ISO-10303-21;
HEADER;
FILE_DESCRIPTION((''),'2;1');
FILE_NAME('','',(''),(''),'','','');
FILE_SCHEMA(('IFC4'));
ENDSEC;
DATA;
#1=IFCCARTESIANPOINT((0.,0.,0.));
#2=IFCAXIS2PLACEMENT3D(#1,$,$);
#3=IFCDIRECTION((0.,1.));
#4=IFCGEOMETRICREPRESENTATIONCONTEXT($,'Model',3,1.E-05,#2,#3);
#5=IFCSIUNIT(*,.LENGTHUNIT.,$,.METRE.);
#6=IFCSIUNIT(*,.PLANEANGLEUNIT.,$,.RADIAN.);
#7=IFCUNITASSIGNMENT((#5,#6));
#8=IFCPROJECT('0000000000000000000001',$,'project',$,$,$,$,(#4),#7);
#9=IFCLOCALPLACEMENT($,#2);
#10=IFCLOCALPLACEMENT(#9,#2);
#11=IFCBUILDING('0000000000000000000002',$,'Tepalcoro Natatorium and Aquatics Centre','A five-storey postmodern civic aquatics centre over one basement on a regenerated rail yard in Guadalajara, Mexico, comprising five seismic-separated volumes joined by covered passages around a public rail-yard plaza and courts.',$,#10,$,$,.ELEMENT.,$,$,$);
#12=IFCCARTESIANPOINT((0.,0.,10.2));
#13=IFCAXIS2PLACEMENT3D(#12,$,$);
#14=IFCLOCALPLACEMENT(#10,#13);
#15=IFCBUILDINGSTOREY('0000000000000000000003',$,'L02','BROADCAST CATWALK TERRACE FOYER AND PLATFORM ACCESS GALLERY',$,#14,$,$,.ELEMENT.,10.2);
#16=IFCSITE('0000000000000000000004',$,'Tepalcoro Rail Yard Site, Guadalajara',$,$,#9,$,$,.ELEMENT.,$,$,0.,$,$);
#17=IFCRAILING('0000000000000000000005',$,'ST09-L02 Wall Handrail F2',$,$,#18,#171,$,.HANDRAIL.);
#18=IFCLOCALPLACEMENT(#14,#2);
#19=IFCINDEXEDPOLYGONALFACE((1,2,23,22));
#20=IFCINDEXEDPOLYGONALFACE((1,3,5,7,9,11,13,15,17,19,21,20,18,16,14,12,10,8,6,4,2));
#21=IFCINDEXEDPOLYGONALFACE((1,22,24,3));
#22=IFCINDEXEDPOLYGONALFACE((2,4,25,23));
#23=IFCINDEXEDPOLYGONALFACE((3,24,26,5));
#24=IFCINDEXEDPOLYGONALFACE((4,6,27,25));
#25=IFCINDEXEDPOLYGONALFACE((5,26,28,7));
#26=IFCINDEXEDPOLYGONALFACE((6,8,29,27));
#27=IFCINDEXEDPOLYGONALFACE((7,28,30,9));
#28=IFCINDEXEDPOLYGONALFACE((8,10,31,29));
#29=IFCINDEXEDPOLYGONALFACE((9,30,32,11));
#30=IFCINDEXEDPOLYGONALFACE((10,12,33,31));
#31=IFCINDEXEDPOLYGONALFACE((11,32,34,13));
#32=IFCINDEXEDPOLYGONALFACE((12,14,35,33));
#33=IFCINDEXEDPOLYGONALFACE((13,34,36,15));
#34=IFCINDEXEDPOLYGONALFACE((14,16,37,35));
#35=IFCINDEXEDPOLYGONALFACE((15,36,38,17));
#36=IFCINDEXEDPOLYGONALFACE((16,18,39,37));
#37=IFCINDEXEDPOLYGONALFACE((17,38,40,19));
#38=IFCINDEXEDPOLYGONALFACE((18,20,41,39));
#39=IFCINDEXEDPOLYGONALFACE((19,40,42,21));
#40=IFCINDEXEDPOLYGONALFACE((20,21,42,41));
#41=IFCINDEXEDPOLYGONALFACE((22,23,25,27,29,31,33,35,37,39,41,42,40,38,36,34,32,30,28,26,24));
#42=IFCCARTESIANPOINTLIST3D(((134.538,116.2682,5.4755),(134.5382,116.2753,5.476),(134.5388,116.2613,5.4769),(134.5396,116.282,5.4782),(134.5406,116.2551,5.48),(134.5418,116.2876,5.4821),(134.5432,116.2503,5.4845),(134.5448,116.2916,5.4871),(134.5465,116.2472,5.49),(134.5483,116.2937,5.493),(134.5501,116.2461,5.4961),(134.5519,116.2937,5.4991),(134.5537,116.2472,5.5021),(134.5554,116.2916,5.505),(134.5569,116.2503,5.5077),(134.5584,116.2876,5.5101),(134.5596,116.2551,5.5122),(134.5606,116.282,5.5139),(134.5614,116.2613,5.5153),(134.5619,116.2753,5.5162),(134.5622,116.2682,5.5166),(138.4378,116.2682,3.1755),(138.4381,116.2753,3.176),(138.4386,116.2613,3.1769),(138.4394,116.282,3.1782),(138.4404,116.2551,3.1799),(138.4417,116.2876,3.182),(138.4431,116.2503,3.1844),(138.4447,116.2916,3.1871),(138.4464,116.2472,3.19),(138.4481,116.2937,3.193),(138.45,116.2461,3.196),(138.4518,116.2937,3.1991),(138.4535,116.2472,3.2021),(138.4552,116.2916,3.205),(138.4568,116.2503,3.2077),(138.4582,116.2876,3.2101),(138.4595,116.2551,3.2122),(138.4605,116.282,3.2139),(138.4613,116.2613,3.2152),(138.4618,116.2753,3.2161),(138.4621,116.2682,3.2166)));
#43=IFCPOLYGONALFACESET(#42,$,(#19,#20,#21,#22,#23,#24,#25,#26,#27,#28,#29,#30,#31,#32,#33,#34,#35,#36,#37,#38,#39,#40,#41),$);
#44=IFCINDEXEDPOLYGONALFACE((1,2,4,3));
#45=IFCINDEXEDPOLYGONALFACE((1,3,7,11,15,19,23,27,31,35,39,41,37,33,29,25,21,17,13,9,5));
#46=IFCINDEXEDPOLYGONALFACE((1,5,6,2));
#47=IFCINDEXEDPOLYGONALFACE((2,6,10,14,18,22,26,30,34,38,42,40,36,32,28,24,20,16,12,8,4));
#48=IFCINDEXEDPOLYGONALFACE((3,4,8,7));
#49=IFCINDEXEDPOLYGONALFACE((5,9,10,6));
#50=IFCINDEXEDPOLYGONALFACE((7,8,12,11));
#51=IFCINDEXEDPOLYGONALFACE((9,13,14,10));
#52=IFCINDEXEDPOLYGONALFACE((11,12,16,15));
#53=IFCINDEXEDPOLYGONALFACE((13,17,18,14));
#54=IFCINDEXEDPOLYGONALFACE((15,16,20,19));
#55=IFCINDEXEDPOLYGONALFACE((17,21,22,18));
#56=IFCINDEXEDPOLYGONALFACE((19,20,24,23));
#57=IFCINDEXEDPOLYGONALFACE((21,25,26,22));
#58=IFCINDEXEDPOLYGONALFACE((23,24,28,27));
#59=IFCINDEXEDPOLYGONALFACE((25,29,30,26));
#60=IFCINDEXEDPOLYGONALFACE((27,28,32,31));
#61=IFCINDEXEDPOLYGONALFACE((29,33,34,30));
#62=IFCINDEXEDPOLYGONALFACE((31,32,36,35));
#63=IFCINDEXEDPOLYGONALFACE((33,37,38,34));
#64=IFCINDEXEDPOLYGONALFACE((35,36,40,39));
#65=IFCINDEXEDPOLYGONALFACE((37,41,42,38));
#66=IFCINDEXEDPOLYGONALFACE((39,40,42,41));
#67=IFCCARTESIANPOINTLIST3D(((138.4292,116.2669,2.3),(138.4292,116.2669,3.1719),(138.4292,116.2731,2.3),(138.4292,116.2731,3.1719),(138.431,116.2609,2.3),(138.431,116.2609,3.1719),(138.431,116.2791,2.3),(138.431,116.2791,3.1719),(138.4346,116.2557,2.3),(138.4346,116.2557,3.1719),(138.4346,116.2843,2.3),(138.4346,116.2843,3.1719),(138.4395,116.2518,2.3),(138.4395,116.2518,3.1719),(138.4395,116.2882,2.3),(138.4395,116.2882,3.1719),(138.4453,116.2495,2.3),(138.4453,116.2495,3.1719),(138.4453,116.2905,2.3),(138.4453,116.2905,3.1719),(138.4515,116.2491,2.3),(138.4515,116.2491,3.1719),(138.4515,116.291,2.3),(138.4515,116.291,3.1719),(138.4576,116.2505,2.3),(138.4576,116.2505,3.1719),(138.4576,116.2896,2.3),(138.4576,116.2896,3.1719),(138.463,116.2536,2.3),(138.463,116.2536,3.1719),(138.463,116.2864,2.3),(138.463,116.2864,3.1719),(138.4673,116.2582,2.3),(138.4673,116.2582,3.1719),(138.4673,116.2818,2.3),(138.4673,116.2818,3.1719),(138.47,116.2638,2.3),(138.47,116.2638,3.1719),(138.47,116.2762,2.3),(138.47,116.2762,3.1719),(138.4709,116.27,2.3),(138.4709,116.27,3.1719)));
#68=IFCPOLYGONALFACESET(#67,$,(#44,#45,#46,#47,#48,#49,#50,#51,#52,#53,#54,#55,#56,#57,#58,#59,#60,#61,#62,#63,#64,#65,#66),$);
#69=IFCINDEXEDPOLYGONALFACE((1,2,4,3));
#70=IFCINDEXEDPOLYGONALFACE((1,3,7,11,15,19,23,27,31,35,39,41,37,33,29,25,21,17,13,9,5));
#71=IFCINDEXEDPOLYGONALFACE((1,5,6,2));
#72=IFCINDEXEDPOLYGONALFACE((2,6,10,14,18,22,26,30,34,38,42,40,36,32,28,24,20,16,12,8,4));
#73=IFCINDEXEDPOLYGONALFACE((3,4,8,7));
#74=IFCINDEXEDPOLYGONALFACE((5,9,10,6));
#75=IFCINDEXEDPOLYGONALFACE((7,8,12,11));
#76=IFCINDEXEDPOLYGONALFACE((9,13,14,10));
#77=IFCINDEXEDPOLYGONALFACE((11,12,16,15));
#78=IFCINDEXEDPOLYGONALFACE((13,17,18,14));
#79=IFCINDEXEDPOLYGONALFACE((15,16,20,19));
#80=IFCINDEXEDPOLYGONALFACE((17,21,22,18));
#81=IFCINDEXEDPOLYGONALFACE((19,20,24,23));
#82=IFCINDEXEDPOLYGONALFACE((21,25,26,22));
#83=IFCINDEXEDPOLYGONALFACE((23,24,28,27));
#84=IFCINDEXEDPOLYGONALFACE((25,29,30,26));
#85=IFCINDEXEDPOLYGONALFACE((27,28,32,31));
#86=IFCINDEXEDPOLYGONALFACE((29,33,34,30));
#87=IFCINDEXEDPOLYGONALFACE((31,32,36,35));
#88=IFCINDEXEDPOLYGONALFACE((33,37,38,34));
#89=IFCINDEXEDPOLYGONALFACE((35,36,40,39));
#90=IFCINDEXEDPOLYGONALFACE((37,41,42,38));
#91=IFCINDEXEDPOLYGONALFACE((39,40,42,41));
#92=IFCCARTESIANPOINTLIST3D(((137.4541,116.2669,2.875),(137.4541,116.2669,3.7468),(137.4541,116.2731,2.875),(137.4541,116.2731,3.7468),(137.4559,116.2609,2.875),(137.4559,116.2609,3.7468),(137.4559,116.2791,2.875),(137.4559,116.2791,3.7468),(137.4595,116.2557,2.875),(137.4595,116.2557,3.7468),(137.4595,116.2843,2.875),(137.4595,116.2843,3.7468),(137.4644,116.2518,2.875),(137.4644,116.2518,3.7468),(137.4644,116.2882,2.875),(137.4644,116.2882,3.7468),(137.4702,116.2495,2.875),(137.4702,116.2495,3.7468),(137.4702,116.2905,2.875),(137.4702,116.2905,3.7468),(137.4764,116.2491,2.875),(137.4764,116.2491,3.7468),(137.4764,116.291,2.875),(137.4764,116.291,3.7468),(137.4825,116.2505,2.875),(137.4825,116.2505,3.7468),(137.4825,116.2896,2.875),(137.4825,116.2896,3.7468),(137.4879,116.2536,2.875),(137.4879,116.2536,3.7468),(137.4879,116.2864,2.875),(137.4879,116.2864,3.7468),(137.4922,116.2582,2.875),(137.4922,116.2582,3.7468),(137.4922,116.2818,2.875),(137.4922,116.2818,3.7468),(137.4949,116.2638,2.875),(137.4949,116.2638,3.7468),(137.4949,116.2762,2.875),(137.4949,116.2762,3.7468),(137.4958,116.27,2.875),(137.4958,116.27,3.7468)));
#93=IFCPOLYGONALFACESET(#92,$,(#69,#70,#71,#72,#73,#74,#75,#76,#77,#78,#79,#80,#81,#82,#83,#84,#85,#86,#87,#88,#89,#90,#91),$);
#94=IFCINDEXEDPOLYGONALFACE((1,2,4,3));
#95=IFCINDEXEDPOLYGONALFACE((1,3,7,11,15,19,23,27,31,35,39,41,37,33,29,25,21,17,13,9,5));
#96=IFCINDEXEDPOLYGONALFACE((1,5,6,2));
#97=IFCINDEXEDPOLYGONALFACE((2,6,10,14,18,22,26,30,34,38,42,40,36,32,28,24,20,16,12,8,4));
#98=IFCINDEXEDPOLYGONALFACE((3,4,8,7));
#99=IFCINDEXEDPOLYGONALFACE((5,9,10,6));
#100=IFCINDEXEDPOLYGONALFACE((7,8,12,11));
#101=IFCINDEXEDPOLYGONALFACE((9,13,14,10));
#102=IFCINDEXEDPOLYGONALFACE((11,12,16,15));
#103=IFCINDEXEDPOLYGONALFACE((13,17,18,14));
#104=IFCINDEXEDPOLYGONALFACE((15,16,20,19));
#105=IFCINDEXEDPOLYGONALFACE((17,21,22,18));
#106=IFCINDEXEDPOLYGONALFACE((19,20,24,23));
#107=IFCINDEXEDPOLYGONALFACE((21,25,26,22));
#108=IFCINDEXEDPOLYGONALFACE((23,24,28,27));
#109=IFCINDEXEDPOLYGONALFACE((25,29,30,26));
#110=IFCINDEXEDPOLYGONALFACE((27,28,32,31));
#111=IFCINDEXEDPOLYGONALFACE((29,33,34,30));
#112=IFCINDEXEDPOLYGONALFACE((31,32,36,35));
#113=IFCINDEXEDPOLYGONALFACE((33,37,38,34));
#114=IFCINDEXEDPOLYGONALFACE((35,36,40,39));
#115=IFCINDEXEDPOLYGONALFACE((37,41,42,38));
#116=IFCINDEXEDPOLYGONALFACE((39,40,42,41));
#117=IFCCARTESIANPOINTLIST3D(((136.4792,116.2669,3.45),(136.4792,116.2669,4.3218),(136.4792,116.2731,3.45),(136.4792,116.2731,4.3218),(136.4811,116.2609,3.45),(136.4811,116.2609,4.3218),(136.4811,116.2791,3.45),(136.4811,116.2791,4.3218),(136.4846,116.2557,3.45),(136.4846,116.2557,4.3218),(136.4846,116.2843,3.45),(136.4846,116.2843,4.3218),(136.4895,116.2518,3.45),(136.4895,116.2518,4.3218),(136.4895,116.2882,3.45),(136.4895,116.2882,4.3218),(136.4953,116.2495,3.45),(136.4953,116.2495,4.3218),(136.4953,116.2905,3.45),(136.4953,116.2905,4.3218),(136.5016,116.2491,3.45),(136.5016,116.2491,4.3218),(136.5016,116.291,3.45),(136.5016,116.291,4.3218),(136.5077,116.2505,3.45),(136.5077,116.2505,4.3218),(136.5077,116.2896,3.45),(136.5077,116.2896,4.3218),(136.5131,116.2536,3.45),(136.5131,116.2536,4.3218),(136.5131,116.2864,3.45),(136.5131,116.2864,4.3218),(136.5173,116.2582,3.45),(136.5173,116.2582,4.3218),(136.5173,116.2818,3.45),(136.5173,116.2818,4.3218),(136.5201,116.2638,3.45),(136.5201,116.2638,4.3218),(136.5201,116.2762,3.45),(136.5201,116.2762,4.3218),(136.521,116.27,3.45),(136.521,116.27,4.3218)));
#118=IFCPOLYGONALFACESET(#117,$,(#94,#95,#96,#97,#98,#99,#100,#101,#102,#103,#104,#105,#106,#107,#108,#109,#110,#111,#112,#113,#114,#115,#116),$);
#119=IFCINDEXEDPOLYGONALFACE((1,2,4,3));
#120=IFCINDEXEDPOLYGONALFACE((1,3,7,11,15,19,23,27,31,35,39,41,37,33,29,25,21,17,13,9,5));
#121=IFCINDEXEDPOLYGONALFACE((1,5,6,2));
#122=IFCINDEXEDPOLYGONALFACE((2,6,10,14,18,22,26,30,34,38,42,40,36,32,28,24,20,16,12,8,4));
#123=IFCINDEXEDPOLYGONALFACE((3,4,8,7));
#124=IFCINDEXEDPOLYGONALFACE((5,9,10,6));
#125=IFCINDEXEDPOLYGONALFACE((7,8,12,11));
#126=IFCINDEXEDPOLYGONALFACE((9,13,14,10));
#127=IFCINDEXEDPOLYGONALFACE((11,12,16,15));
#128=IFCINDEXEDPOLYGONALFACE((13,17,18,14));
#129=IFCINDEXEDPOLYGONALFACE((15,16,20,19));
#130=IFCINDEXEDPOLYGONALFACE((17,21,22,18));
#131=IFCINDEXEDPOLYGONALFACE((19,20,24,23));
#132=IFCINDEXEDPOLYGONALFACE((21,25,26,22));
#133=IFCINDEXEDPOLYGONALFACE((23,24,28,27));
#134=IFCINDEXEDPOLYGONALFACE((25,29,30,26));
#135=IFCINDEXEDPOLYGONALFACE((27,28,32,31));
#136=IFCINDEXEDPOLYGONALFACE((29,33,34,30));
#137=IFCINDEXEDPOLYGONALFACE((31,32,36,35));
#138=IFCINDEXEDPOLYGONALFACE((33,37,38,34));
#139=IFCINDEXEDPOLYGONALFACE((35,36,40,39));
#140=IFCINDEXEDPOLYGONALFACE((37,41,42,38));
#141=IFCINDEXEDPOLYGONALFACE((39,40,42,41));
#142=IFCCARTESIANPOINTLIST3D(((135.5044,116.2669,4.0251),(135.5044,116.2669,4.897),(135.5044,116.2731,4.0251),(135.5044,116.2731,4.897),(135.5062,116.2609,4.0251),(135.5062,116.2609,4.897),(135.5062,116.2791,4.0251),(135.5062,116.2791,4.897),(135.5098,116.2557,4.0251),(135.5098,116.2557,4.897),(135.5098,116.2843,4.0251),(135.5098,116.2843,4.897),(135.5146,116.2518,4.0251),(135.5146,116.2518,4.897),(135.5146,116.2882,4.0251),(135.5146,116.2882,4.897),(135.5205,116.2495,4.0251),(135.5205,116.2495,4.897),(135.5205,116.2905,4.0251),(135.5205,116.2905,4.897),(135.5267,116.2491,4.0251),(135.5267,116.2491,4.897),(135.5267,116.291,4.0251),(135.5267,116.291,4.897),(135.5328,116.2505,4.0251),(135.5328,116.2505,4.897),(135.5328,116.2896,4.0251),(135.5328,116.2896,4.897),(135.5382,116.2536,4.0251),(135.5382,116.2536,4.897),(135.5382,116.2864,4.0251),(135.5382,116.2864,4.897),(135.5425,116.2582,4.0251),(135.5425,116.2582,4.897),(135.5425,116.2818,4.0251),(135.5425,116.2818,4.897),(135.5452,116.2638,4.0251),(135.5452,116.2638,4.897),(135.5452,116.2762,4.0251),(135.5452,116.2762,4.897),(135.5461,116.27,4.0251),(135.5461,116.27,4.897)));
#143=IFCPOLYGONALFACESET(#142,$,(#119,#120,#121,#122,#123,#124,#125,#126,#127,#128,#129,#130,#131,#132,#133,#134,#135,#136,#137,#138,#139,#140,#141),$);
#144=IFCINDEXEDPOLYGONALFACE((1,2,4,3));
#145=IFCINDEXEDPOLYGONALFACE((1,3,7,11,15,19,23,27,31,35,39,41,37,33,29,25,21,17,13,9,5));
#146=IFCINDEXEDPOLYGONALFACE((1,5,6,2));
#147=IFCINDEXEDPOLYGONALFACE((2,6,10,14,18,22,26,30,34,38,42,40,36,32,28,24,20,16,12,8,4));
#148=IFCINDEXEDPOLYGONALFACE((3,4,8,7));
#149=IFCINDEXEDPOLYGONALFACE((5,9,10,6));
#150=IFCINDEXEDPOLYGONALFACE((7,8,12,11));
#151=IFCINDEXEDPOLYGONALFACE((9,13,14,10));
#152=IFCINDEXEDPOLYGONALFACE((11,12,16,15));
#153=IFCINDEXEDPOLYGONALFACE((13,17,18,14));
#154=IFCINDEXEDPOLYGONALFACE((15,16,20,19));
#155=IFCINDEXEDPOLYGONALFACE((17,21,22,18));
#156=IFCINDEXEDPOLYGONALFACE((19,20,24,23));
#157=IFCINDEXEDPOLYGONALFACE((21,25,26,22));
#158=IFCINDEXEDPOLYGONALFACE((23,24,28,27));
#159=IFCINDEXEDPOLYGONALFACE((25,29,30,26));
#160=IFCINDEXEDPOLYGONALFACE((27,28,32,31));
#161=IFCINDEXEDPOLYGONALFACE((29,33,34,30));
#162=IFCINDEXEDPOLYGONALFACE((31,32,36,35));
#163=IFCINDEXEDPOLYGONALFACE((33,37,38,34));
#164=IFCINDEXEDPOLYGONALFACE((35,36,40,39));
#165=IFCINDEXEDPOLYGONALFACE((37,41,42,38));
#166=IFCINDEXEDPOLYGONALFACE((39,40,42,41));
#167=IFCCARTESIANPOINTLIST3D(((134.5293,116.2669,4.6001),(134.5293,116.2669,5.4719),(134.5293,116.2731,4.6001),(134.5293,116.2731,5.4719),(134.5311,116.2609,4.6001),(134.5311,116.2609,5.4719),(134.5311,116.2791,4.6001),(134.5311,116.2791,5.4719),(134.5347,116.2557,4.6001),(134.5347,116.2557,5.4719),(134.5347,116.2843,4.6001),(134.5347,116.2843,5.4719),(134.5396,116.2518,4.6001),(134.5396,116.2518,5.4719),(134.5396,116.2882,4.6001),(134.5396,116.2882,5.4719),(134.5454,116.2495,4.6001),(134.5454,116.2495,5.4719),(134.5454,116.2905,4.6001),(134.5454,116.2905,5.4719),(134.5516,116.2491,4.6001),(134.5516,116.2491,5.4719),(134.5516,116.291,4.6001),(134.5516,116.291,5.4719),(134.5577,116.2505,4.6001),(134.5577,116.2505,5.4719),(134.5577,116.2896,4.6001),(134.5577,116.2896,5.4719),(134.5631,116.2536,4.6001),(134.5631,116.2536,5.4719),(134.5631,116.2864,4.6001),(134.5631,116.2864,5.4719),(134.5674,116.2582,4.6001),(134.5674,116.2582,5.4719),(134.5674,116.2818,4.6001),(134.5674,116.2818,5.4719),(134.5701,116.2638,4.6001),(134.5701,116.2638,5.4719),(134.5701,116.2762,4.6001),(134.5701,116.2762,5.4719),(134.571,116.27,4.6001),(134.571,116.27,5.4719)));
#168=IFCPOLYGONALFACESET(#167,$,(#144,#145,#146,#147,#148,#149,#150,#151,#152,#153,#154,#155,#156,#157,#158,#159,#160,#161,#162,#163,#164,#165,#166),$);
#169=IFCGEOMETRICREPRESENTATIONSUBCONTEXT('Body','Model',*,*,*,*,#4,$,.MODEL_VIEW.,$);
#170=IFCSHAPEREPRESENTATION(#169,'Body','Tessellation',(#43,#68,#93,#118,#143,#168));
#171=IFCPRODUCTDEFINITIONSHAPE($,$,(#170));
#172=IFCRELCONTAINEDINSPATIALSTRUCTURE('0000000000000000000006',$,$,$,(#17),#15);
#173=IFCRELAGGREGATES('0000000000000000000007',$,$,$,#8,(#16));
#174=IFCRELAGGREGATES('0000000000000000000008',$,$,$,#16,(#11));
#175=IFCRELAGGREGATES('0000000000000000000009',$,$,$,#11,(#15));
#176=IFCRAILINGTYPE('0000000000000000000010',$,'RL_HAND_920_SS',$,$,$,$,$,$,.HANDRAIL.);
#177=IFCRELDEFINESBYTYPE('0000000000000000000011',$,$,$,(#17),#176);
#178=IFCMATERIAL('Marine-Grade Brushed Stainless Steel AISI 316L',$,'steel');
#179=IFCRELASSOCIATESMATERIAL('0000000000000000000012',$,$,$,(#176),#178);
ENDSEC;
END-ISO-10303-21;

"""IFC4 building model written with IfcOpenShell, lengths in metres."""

from ifc_helpers import new_model, si_unit, direction, frame, origin, origin_2d, place, context, subcontext, project, spatial, circle, extrude, material, type_object, element, save


model = new_model("IFC4")

# Units and contexts
model_context = context("Model", 3, precision=1e-05, world=origin(), true_north=direction((0.0, 1.0)))
body_context = subcontext(model_context, "Body", "Model", "MODEL_VIEW")
ifc_project = project(units=[si_unit("LENGTHUNIT", "METRE"), si_unit("PLANEANGLEUNIT", "RADIAN")], contexts=[model_context])

# Site, building, storey
site_placement = place(None, origin())
site = spatial("IfcSite", under=ifc_project, at=site_placement, Name="Tepalcoro Rail Yard Site, Guadalajara", CompositionType="ELEMENT", RefElevation=0.0)
building_placement = place(site_placement, origin())
building = spatial("IfcBuilding", under=site, at=building_placement, Name="Tepalcoro Natatorium and Aquatics Centre", Description="A five-storey postmodern civic aquatics centre over one basement on a regenerated rail yard in Guadalajara, Mexico, comprising five seismic-separated volumes joined by covered passages around a public rail-yard plaza and courts.", CompositionType="ELEMENT")
storey_placement = place(building_placement, frame((0.0, 0.0, 10.2)))
storey = spatial("IfcBuildingStorey", under=building, at=storey_placement, Name="L02", Description="BROADCAST CATWALK TERRACE FOYER AND PLATFORM ACCESS GALLERY", CompositionType="ELEMENT", Elevation=10.2)

# Railing
ifc_material_1 = material(Name="Marine-Grade Brushed Stainless Steel AISI 316L", Category="steel")
railing_type = type_object("IfcRailingType", Name="RL_HAND_920_SS", PredefinedType="HANDRAIL", material=ifc_material_1)
railing_placement = place(storey_placement, frame((138.45, 116.27, 2.3)))
element("IfcRailing", 1, at=railing_placement, inside=storey, type_object=railing_type, Name="ST09-L02 Wall Handrail F2", PredefinedType="HANDRAIL", context=body_context, shape_type="SweptSolid", body=[
    extrude(circle(Radius=0.0239, at=origin_2d()), frame((0.0, 0.0, 0.896), z_axis=(-0.861356, 0.0, 0.508002), x_axis=(0.0, -1.0, 0.0)), (0.0, 0.0, 1.0), 4.5276),
    extrude(circle(Radius=0.021, at=origin_2d()), origin(), (0.0, 0.0, 1.0), 0.8718),
    extrude(circle(Radius=0.021, at=origin_2d()), frame((-0.9751, 0.0, 0.575)), (0.0, 0.0, 1.0), 0.8718),
    extrude(circle(Radius=0.021, at=origin_2d()), frame((-1.95, 0.0, 1.1499)), (0.0, 0.0, 1.0), 0.8718),
    extrude(circle(Radius=0.021, at=origin_2d()), frame((-2.9248, 0.0, 1.7251)), (0.0, 0.0, 1.0), 0.8718),
    extrude(circle(Radius=0.021, at=origin_2d()), frame((-3.8999, 0.0, 2.3)), (0.0, 0.0, 1.0), 0.8718),
])

save(model, "model.ifc")
